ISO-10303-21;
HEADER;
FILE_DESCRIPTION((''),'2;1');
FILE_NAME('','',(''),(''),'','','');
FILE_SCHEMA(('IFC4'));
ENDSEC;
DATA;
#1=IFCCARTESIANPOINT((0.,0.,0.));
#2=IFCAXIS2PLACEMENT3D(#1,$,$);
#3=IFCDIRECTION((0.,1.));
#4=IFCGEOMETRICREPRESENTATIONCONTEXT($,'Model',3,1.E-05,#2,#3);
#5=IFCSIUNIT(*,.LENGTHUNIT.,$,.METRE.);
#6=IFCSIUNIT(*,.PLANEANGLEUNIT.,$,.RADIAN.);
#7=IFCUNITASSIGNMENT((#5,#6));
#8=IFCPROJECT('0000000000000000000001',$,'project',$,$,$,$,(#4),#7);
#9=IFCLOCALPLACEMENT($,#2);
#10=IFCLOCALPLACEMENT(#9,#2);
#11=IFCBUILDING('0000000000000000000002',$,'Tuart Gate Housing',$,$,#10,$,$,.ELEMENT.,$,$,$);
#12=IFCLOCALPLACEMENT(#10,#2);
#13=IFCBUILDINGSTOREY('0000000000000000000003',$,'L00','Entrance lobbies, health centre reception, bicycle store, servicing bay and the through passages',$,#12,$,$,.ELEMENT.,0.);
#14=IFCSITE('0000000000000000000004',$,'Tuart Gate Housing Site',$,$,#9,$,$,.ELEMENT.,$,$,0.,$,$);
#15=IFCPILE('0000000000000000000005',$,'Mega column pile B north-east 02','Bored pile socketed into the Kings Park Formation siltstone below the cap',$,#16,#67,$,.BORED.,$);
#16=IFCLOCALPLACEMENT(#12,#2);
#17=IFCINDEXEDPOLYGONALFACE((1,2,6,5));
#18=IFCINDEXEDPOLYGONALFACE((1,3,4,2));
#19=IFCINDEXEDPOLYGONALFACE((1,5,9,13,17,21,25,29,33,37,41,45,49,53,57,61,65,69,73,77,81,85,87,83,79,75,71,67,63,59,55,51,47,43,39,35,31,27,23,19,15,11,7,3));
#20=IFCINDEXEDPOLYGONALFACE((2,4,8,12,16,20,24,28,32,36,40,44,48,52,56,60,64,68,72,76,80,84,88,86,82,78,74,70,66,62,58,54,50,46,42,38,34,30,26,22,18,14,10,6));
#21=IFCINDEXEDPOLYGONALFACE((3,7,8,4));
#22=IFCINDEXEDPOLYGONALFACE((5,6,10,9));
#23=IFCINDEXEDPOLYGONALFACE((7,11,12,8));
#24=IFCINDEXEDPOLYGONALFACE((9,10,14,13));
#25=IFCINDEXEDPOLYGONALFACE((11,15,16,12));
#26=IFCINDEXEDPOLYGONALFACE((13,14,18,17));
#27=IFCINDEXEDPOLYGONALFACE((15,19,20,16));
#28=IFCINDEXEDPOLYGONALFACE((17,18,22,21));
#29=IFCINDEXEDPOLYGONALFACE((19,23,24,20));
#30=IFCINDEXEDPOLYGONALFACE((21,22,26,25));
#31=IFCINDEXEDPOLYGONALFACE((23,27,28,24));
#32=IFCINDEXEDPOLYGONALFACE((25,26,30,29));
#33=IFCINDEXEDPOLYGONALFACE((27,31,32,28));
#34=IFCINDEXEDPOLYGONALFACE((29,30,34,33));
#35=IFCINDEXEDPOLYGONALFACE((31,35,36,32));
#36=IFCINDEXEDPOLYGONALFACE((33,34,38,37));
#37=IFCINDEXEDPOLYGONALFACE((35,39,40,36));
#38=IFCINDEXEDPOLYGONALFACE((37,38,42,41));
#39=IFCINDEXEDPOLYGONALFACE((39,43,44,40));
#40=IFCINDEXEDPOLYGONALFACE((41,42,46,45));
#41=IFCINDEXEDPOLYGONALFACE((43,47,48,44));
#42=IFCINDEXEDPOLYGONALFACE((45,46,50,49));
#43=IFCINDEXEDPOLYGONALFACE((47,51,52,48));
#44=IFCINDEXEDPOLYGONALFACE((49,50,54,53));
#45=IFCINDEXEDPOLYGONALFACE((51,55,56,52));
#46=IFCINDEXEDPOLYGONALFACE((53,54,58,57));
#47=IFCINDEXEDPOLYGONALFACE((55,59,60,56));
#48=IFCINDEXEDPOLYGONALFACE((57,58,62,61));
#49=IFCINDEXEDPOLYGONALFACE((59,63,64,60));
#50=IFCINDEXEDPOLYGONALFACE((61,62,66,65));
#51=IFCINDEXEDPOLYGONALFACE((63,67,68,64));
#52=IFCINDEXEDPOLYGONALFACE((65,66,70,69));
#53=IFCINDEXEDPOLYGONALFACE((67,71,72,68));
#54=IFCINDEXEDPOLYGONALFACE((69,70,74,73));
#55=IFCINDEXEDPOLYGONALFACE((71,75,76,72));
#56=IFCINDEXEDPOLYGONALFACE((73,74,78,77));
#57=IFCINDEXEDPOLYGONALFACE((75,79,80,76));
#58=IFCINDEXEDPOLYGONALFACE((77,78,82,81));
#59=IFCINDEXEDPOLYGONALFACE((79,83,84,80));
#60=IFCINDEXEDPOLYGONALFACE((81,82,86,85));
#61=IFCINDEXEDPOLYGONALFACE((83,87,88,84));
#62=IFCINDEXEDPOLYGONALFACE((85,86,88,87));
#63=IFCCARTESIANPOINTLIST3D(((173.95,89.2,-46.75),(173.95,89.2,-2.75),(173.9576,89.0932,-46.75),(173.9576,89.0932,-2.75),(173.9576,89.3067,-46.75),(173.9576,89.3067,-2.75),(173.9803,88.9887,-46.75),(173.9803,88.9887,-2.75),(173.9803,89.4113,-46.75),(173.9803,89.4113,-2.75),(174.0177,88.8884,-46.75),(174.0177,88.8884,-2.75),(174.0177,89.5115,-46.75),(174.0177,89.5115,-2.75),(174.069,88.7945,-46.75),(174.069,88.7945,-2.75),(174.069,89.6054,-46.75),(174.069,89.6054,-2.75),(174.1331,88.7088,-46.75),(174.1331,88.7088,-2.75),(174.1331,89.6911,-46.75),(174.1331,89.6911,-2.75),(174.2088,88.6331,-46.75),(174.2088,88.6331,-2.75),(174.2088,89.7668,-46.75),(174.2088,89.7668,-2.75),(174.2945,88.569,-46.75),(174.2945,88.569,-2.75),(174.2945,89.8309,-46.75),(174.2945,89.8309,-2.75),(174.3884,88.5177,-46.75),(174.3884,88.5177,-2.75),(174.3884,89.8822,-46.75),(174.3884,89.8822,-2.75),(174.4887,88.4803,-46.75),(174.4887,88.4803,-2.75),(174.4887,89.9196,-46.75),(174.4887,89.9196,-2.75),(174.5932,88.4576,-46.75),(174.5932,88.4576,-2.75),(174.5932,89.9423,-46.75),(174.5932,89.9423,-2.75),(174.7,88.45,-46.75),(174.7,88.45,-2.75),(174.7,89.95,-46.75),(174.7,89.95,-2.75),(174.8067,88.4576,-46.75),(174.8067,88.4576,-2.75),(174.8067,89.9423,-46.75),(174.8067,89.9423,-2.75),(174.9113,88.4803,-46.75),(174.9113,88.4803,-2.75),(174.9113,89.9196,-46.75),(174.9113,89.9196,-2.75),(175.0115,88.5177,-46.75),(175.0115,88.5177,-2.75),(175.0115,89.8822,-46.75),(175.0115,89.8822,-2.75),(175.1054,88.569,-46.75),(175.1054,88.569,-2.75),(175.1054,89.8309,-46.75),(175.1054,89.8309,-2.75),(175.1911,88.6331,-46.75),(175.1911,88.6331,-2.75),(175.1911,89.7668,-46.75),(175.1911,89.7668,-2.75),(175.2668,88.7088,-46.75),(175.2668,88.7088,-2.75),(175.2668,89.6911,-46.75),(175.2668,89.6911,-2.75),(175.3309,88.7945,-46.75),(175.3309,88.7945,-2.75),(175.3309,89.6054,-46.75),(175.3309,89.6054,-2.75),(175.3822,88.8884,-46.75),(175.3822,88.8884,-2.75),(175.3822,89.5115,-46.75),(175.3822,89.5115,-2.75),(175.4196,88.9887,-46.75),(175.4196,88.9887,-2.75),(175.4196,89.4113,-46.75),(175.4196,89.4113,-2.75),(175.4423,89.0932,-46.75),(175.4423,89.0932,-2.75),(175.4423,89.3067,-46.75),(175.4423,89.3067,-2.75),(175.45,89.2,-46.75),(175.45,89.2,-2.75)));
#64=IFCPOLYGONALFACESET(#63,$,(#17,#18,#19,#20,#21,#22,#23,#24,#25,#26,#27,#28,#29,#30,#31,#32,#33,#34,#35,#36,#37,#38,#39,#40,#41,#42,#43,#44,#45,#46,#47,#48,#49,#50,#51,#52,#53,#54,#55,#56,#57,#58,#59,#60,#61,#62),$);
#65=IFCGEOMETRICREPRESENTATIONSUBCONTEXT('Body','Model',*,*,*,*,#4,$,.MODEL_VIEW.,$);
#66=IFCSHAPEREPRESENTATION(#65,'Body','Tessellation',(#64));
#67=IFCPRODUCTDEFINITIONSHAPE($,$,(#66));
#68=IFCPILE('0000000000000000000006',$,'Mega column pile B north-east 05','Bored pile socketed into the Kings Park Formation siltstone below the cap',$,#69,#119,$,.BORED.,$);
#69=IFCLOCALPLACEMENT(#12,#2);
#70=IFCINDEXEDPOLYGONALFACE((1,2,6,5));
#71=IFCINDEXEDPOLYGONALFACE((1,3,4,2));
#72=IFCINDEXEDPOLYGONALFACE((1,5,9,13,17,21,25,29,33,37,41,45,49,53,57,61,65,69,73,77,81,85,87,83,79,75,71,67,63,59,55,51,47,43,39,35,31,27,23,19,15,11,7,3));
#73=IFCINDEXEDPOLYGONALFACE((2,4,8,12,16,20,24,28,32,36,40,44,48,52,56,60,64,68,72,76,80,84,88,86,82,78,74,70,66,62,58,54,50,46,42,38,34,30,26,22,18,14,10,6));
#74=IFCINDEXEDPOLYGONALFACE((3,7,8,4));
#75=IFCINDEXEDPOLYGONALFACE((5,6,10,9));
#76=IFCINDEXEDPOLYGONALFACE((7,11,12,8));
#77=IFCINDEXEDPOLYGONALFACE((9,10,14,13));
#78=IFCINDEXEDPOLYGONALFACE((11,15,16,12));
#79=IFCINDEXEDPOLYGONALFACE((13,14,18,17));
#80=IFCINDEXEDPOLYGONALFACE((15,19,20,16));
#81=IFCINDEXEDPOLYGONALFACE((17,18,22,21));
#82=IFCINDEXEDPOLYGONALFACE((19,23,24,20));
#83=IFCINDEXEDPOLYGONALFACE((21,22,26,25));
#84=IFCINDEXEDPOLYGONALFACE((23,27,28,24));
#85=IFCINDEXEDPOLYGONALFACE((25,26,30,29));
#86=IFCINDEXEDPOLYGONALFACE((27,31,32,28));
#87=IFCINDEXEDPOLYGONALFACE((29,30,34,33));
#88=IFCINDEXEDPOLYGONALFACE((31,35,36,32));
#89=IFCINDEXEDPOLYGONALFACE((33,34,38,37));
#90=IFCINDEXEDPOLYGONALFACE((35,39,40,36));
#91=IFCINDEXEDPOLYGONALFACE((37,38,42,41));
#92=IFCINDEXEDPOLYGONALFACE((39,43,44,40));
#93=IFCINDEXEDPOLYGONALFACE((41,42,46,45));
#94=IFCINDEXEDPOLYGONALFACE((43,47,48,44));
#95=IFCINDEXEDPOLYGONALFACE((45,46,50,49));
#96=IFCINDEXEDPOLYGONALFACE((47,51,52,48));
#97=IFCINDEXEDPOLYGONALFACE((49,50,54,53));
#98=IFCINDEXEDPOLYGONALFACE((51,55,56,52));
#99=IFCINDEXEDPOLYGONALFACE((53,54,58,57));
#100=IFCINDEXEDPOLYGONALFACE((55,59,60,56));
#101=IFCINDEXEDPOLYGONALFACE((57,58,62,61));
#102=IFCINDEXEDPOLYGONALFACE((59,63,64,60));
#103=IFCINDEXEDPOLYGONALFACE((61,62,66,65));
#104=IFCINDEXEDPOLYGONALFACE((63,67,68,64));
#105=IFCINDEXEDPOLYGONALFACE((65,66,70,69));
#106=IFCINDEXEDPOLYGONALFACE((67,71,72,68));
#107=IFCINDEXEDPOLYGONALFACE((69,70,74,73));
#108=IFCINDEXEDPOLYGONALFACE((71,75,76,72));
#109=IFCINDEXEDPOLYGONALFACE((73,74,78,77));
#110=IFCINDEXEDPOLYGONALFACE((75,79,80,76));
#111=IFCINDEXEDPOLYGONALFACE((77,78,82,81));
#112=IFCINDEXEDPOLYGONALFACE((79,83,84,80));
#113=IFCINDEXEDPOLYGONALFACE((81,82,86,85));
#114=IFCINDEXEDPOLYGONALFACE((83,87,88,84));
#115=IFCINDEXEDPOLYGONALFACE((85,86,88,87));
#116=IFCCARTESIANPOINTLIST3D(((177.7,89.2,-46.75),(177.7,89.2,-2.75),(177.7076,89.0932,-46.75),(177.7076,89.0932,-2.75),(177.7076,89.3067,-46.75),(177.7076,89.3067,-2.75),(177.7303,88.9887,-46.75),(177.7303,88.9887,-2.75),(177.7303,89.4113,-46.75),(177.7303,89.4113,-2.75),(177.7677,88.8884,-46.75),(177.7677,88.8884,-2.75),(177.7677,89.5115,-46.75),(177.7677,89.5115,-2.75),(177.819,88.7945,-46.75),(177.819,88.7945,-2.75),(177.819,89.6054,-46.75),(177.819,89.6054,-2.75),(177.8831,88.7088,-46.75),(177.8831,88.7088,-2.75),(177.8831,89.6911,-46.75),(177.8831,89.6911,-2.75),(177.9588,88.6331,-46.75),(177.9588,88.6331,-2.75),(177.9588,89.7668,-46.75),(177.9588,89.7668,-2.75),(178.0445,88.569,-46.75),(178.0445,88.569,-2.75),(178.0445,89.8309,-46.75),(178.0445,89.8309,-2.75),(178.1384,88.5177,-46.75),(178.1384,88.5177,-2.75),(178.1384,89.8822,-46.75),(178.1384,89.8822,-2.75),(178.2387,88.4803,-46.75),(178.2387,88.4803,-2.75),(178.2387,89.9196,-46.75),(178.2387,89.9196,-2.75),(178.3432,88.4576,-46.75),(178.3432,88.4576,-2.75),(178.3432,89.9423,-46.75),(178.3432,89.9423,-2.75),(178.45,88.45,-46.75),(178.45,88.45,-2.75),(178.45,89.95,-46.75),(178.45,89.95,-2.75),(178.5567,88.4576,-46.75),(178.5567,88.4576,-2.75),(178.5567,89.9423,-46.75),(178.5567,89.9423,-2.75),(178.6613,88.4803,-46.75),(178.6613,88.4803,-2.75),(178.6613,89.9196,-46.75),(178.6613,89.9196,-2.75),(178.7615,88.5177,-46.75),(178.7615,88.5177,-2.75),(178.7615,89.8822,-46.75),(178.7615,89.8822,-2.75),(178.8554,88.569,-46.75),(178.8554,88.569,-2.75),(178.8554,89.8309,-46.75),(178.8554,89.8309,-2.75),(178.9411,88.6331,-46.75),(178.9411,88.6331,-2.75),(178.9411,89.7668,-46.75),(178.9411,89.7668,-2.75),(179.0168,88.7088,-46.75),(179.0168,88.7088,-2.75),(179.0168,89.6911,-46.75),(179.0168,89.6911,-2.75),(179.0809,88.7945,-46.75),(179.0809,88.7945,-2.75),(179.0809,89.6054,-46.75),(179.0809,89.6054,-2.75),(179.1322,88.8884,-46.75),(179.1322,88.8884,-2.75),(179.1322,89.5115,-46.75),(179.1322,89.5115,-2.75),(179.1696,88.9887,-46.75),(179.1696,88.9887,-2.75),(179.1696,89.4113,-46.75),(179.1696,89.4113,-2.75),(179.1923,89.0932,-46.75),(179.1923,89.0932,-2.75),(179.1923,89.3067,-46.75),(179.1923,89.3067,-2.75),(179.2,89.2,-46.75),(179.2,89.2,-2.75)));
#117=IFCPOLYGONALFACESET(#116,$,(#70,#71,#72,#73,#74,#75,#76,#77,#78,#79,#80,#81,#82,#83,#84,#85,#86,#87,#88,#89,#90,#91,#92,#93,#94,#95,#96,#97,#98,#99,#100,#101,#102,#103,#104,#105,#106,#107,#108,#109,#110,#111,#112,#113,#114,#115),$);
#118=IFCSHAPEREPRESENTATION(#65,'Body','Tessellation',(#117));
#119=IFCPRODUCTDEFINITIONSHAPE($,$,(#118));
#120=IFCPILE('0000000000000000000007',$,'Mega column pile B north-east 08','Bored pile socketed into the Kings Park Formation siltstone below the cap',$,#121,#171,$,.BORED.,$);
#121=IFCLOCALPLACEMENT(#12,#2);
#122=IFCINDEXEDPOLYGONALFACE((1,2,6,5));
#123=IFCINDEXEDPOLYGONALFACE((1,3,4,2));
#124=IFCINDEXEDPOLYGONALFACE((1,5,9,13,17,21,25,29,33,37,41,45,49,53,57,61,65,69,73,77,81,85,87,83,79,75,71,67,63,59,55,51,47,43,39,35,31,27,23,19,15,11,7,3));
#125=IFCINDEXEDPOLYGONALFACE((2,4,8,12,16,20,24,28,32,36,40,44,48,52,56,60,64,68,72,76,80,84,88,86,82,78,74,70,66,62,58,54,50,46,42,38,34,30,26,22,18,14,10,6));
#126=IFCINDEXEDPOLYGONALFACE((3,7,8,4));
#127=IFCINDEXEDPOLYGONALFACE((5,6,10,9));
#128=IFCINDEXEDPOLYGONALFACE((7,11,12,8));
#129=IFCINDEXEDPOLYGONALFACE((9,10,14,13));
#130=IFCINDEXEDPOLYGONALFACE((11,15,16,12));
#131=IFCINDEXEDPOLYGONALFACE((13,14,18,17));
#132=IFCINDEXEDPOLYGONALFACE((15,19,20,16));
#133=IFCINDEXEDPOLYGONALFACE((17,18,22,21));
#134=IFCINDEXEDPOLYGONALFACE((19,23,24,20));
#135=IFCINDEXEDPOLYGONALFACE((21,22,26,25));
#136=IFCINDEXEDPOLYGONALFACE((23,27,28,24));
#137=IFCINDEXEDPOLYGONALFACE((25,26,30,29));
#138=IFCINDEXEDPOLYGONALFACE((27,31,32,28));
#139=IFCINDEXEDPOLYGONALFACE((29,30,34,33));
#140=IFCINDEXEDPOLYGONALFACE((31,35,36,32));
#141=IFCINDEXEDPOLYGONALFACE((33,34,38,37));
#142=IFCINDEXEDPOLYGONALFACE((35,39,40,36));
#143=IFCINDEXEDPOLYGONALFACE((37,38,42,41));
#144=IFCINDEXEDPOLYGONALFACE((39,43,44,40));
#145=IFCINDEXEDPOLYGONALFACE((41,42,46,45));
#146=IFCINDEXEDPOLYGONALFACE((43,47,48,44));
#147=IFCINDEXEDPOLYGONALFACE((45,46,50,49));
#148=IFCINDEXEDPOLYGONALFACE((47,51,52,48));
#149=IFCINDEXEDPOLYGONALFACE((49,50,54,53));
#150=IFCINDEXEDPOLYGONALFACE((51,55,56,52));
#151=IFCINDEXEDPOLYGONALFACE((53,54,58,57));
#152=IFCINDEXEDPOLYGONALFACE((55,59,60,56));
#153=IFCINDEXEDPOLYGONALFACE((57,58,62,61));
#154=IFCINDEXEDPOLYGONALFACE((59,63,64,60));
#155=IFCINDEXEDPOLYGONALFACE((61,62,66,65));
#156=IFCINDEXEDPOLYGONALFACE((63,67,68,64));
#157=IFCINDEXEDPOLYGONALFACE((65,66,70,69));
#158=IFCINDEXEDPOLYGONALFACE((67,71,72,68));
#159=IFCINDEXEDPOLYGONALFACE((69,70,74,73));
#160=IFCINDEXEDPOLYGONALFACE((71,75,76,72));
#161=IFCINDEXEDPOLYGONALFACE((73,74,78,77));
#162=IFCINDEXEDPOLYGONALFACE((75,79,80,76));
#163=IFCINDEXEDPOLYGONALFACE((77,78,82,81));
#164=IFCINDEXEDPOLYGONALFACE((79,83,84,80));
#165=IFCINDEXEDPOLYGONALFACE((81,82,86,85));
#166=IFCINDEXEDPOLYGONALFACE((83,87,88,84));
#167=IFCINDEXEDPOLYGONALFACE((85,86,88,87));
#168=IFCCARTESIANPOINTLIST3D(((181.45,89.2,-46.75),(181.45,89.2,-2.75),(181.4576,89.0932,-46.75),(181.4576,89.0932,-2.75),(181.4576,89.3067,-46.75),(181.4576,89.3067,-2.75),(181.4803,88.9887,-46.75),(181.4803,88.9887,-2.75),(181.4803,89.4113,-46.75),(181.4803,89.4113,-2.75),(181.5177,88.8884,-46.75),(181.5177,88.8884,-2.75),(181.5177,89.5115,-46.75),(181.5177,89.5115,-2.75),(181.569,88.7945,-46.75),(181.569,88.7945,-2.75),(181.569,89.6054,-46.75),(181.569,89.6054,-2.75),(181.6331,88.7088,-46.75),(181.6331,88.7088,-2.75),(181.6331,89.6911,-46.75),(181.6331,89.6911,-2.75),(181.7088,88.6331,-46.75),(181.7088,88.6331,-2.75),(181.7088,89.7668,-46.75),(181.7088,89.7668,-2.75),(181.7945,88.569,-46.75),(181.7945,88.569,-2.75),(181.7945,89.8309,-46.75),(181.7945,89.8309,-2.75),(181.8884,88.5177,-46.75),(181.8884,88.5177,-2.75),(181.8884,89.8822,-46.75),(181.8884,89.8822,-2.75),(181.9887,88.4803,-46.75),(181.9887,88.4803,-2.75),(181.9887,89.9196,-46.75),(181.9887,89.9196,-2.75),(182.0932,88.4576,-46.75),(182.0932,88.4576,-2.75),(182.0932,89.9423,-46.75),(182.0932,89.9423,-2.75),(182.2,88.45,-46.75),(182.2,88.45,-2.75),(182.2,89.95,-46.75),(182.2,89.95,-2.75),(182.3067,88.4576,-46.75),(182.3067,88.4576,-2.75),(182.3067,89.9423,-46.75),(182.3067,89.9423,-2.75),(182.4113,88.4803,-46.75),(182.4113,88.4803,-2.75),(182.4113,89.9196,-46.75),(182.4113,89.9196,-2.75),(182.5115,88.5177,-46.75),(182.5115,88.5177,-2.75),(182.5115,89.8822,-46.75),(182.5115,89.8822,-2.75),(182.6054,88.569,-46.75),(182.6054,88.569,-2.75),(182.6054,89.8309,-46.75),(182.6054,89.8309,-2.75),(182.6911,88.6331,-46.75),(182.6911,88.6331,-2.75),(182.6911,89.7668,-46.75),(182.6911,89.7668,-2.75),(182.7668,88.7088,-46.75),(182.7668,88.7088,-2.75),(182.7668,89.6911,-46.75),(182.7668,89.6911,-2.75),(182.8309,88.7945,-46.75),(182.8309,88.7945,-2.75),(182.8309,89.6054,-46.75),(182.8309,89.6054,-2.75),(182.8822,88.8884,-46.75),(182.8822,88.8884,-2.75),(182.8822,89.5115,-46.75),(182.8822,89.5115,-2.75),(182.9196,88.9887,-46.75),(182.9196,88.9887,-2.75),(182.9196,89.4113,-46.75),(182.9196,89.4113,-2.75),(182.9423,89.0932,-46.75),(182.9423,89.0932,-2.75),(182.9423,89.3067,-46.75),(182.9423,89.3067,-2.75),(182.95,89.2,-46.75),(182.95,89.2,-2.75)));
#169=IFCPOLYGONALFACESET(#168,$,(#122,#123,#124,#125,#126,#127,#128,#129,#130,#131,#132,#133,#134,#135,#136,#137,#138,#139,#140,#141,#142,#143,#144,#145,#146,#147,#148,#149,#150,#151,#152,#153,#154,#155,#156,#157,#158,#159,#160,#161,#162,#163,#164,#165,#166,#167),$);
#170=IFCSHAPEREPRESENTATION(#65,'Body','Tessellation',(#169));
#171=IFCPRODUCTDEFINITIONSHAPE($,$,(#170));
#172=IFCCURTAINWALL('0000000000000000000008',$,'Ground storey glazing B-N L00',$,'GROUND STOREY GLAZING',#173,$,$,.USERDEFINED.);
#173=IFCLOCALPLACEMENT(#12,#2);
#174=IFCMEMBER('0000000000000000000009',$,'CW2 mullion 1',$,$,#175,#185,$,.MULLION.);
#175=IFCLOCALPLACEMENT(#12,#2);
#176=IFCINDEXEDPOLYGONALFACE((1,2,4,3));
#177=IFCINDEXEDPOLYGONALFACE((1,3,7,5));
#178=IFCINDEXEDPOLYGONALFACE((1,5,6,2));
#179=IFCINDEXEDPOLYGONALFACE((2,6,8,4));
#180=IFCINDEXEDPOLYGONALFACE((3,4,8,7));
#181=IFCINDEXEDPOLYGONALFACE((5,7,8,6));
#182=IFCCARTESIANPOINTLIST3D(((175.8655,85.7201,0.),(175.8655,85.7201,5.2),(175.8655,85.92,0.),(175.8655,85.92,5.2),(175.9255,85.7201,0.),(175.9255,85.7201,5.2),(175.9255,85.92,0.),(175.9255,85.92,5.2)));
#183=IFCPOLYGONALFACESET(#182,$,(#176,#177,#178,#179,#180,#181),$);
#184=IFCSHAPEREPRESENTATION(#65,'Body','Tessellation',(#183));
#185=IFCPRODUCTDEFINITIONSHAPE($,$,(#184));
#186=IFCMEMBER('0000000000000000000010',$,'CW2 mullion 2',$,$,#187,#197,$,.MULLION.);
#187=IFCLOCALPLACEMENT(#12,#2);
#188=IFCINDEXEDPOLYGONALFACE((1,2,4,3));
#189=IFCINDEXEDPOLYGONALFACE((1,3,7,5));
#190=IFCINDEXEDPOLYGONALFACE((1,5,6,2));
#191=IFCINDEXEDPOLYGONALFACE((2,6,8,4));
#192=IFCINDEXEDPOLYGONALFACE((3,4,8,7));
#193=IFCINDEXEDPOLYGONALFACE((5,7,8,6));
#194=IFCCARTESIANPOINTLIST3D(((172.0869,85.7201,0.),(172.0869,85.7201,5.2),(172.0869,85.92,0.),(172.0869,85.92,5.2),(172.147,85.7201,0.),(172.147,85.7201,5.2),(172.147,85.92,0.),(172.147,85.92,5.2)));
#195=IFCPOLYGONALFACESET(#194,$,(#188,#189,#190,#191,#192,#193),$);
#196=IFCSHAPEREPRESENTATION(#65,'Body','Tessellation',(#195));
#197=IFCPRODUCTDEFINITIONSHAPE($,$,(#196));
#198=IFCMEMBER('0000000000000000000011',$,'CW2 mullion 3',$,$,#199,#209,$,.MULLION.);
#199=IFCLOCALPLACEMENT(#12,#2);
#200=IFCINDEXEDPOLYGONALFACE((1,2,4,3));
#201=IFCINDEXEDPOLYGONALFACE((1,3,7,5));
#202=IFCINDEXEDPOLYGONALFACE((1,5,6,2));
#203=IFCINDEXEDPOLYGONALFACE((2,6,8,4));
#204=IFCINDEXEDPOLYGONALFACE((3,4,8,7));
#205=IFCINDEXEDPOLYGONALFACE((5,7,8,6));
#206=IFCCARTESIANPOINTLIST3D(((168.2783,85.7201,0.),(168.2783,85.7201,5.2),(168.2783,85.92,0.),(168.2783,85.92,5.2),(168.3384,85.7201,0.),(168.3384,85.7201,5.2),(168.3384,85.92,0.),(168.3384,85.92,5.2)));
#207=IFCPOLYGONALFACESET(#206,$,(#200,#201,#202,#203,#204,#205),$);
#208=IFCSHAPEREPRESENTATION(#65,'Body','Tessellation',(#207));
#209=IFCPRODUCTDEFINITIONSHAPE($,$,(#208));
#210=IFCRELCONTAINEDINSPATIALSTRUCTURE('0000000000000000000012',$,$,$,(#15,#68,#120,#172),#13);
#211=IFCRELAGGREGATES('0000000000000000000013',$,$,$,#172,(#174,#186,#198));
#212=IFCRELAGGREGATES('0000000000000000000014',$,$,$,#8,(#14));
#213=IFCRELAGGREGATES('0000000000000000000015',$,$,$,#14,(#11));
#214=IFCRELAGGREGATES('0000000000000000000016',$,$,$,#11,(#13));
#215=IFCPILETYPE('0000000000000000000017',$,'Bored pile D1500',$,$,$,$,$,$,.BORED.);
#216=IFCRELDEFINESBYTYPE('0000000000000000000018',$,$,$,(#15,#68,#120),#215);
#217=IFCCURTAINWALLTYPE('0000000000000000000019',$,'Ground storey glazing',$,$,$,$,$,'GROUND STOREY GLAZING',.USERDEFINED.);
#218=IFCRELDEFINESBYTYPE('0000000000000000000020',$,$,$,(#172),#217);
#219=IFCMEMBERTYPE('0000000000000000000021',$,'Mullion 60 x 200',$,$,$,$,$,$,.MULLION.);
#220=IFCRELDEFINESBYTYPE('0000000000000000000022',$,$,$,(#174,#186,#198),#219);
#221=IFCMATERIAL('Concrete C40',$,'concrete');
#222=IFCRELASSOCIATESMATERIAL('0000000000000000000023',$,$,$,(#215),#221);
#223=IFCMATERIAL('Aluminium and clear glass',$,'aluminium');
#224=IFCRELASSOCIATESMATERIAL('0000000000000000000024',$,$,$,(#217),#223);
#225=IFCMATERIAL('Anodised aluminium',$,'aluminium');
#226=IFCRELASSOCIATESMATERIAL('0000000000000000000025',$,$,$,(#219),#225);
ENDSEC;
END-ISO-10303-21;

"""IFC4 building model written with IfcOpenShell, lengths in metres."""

from ifc_helpers import new_model, si_unit, direction, frame, origin, origin_2d, place, context, subcontext, project, spatial, rectangle, circle, extrude, material, material_profile, profile_set, type_object, element, aggregate, save


model = new_model("IFC4")

# Units and contexts
model_context = context("Model", 3, precision=1e-05, world=origin(), true_north=direction((0.0, 1.0)))
body_context = subcontext(model_context, "Body", "Model", "MODEL_VIEW")
ifc_project = project(units=[si_unit("LENGTHUNIT", "METRE"), si_unit("PLANEANGLEUNIT", "RADIAN")], contexts=[model_context])

# Site, building, storey
site_placement = place(None, origin())
site = spatial("IfcSite", under=ifc_project, at=site_placement, Name="Tuart Gate Housing Site", CompositionType="ELEMENT", RefElevation=0.0)
building_placement = place(site_placement, origin())
building = spatial("IfcBuilding", under=site, at=building_placement, Name="Tuart Gate Housing", CompositionType="ELEMENT")
storey_placement = place(building_placement, origin())
storey = spatial("IfcBuildingStorey", under=building, at=storey_placement, Name="L00", Description="Entrance lobbies, health centre reception, bicycle store, servicing bay and the through passages", CompositionType="ELEMENT", Elevation=0.0)

# Piles
ifc_material_1 = material(Name="Concrete C40", Category="concrete")
ifc_material_profile_1 = material_profile(ifc_material_1, circle(Radius=0.75, at=origin_2d()), Name="Bored pile D1500")
ifc_profile_set_1 = profile_set([ifc_material_profile_1], Name="Concrete C40")
pile_type = type_object("IfcPileType", Name="Bored pile D1500", PredefinedType="BORED", material=ifc_profile_set_1)
for number, where, z_axis, x_axis, name in (
    (1, (174.7, 89.2, -2.75), (0.0, 0.0, -1.0), (1.0, 0.0, 0.0), "Mega column pile B north-east 02"),
    (2, (178.45, 89.2, -2.75), (0.0, 0.0, -1.0), (1.0, 0.0, 0.0), "Mega column pile B north-east 05"),
    (3, (182.2, 89.2, -2.75), (0.0, 0.0, -1.0), (1.0, 0.0, 0.0), "Mega column pile B north-east 08"),
):
    element("IfcPile", number, at=place(storey_placement, frame(where, z_axis=z_axis, x_axis=x_axis)), inside=storey, type_object=pile_type, Name=name, Description="Bored pile socketed into the Kings Park Formation siltstone below the cap", PredefinedType="BORED", context=body_context, shape_type="SweptSolid", body=[
        extrude(circle(Radius=0.75, at=origin_2d()), origin(), (0.0, 0.0, 1.0), 44.0),
    ])

# Curtain wall, members
ifc_material_2 = material(Name="Aluminium and clear glass", Category="aluminium")
curtain_wall_type = type_object("IfcCurtainWallType", Name="Ground storey glazing", ElementType="GROUND STOREY GLAZING", PredefinedType="USERDEFINED", material=ifc_material_2)
curtain_wall_placement = place(storey_placement, origin())
curtain_wall = element("IfcCurtainWall", 4, at=curtain_wall_placement, inside=storey, type_object=curtain_wall_type, Name="Ground storey glazing B-N L00", ObjectType="GROUND STOREY GLAZING", PredefinedType="USERDEFINED")
ifc_material_3 = material(Name="Anodised aluminium", Category="aluminium")
ifc_material_profile_2 = material_profile(ifc_material_3, rectangle(XDim=0.0601, YDim=0.2, at=origin_2d()), Name="60x200")
ifc_profile_set_2 = profile_set([ifc_material_profile_2], Name="Anodised aluminium")
member_type_1 = type_object("IfcMemberType", Name="Mullion 60 x 200", PredefinedType="MULLION", material=ifc_profile_set_2)
member_1_placement = place(storey_placement, frame((175.8955, 85.8201, 0.0), z_axis=(0.0, 0.0, 1.0), x_axis=(-1.0, 0.0, 0.0)))
member_1 = element("IfcMember", 5, at=member_1_placement, type_object=member_type_1, Name="CW2 mullion 1", PredefinedType="MULLION", context=body_context, shape_type="SweptSolid", body=[
    extrude(rectangle(XDim=0.0601, YDim=0.2, at=origin_2d()), origin(), (0.0, 0.0, 1.0), 5.2),
])
member_2_placement = place(storey_placement, frame((172.1169, 85.8201, 0.0), z_axis=(0.0, 0.0, 1.0), x_axis=(-1.0, 0.0, 0.0)))
member_2 = element("IfcMember", 6, at=member_2_placement, type_object=member_type_1, Name="CW2 mullion 2", PredefinedType="MULLION", context=body_context, shape_type="SweptSolid", body=[
    extrude(rectangle(XDim=0.0601, YDim=0.2, at=origin_2d()), origin(), (0.0, 0.0, 1.0), 5.2),
])
member_3_placement = place(storey_placement, frame((168.3083, 85.8201, 0.0), z_axis=(0.0, 0.0, 1.0), x_axis=(-1.0, 0.0, 0.0)))
member_3 = element("IfcMember", 7, at=member_3_placement, type_object=member_type_1, Name="CW2 mullion 3", PredefinedType="MULLION", context=body_context, shape_type="SweptSolid", body=[
    extrude(rectangle(XDim=0.0601, YDim=0.2, at=origin_2d()), origin(), (0.0, 0.0, 1.0), 5.2),
])
aggregate(curtain_wall, [member_1, member_2, member_3])

save(model, "model.ifc")
